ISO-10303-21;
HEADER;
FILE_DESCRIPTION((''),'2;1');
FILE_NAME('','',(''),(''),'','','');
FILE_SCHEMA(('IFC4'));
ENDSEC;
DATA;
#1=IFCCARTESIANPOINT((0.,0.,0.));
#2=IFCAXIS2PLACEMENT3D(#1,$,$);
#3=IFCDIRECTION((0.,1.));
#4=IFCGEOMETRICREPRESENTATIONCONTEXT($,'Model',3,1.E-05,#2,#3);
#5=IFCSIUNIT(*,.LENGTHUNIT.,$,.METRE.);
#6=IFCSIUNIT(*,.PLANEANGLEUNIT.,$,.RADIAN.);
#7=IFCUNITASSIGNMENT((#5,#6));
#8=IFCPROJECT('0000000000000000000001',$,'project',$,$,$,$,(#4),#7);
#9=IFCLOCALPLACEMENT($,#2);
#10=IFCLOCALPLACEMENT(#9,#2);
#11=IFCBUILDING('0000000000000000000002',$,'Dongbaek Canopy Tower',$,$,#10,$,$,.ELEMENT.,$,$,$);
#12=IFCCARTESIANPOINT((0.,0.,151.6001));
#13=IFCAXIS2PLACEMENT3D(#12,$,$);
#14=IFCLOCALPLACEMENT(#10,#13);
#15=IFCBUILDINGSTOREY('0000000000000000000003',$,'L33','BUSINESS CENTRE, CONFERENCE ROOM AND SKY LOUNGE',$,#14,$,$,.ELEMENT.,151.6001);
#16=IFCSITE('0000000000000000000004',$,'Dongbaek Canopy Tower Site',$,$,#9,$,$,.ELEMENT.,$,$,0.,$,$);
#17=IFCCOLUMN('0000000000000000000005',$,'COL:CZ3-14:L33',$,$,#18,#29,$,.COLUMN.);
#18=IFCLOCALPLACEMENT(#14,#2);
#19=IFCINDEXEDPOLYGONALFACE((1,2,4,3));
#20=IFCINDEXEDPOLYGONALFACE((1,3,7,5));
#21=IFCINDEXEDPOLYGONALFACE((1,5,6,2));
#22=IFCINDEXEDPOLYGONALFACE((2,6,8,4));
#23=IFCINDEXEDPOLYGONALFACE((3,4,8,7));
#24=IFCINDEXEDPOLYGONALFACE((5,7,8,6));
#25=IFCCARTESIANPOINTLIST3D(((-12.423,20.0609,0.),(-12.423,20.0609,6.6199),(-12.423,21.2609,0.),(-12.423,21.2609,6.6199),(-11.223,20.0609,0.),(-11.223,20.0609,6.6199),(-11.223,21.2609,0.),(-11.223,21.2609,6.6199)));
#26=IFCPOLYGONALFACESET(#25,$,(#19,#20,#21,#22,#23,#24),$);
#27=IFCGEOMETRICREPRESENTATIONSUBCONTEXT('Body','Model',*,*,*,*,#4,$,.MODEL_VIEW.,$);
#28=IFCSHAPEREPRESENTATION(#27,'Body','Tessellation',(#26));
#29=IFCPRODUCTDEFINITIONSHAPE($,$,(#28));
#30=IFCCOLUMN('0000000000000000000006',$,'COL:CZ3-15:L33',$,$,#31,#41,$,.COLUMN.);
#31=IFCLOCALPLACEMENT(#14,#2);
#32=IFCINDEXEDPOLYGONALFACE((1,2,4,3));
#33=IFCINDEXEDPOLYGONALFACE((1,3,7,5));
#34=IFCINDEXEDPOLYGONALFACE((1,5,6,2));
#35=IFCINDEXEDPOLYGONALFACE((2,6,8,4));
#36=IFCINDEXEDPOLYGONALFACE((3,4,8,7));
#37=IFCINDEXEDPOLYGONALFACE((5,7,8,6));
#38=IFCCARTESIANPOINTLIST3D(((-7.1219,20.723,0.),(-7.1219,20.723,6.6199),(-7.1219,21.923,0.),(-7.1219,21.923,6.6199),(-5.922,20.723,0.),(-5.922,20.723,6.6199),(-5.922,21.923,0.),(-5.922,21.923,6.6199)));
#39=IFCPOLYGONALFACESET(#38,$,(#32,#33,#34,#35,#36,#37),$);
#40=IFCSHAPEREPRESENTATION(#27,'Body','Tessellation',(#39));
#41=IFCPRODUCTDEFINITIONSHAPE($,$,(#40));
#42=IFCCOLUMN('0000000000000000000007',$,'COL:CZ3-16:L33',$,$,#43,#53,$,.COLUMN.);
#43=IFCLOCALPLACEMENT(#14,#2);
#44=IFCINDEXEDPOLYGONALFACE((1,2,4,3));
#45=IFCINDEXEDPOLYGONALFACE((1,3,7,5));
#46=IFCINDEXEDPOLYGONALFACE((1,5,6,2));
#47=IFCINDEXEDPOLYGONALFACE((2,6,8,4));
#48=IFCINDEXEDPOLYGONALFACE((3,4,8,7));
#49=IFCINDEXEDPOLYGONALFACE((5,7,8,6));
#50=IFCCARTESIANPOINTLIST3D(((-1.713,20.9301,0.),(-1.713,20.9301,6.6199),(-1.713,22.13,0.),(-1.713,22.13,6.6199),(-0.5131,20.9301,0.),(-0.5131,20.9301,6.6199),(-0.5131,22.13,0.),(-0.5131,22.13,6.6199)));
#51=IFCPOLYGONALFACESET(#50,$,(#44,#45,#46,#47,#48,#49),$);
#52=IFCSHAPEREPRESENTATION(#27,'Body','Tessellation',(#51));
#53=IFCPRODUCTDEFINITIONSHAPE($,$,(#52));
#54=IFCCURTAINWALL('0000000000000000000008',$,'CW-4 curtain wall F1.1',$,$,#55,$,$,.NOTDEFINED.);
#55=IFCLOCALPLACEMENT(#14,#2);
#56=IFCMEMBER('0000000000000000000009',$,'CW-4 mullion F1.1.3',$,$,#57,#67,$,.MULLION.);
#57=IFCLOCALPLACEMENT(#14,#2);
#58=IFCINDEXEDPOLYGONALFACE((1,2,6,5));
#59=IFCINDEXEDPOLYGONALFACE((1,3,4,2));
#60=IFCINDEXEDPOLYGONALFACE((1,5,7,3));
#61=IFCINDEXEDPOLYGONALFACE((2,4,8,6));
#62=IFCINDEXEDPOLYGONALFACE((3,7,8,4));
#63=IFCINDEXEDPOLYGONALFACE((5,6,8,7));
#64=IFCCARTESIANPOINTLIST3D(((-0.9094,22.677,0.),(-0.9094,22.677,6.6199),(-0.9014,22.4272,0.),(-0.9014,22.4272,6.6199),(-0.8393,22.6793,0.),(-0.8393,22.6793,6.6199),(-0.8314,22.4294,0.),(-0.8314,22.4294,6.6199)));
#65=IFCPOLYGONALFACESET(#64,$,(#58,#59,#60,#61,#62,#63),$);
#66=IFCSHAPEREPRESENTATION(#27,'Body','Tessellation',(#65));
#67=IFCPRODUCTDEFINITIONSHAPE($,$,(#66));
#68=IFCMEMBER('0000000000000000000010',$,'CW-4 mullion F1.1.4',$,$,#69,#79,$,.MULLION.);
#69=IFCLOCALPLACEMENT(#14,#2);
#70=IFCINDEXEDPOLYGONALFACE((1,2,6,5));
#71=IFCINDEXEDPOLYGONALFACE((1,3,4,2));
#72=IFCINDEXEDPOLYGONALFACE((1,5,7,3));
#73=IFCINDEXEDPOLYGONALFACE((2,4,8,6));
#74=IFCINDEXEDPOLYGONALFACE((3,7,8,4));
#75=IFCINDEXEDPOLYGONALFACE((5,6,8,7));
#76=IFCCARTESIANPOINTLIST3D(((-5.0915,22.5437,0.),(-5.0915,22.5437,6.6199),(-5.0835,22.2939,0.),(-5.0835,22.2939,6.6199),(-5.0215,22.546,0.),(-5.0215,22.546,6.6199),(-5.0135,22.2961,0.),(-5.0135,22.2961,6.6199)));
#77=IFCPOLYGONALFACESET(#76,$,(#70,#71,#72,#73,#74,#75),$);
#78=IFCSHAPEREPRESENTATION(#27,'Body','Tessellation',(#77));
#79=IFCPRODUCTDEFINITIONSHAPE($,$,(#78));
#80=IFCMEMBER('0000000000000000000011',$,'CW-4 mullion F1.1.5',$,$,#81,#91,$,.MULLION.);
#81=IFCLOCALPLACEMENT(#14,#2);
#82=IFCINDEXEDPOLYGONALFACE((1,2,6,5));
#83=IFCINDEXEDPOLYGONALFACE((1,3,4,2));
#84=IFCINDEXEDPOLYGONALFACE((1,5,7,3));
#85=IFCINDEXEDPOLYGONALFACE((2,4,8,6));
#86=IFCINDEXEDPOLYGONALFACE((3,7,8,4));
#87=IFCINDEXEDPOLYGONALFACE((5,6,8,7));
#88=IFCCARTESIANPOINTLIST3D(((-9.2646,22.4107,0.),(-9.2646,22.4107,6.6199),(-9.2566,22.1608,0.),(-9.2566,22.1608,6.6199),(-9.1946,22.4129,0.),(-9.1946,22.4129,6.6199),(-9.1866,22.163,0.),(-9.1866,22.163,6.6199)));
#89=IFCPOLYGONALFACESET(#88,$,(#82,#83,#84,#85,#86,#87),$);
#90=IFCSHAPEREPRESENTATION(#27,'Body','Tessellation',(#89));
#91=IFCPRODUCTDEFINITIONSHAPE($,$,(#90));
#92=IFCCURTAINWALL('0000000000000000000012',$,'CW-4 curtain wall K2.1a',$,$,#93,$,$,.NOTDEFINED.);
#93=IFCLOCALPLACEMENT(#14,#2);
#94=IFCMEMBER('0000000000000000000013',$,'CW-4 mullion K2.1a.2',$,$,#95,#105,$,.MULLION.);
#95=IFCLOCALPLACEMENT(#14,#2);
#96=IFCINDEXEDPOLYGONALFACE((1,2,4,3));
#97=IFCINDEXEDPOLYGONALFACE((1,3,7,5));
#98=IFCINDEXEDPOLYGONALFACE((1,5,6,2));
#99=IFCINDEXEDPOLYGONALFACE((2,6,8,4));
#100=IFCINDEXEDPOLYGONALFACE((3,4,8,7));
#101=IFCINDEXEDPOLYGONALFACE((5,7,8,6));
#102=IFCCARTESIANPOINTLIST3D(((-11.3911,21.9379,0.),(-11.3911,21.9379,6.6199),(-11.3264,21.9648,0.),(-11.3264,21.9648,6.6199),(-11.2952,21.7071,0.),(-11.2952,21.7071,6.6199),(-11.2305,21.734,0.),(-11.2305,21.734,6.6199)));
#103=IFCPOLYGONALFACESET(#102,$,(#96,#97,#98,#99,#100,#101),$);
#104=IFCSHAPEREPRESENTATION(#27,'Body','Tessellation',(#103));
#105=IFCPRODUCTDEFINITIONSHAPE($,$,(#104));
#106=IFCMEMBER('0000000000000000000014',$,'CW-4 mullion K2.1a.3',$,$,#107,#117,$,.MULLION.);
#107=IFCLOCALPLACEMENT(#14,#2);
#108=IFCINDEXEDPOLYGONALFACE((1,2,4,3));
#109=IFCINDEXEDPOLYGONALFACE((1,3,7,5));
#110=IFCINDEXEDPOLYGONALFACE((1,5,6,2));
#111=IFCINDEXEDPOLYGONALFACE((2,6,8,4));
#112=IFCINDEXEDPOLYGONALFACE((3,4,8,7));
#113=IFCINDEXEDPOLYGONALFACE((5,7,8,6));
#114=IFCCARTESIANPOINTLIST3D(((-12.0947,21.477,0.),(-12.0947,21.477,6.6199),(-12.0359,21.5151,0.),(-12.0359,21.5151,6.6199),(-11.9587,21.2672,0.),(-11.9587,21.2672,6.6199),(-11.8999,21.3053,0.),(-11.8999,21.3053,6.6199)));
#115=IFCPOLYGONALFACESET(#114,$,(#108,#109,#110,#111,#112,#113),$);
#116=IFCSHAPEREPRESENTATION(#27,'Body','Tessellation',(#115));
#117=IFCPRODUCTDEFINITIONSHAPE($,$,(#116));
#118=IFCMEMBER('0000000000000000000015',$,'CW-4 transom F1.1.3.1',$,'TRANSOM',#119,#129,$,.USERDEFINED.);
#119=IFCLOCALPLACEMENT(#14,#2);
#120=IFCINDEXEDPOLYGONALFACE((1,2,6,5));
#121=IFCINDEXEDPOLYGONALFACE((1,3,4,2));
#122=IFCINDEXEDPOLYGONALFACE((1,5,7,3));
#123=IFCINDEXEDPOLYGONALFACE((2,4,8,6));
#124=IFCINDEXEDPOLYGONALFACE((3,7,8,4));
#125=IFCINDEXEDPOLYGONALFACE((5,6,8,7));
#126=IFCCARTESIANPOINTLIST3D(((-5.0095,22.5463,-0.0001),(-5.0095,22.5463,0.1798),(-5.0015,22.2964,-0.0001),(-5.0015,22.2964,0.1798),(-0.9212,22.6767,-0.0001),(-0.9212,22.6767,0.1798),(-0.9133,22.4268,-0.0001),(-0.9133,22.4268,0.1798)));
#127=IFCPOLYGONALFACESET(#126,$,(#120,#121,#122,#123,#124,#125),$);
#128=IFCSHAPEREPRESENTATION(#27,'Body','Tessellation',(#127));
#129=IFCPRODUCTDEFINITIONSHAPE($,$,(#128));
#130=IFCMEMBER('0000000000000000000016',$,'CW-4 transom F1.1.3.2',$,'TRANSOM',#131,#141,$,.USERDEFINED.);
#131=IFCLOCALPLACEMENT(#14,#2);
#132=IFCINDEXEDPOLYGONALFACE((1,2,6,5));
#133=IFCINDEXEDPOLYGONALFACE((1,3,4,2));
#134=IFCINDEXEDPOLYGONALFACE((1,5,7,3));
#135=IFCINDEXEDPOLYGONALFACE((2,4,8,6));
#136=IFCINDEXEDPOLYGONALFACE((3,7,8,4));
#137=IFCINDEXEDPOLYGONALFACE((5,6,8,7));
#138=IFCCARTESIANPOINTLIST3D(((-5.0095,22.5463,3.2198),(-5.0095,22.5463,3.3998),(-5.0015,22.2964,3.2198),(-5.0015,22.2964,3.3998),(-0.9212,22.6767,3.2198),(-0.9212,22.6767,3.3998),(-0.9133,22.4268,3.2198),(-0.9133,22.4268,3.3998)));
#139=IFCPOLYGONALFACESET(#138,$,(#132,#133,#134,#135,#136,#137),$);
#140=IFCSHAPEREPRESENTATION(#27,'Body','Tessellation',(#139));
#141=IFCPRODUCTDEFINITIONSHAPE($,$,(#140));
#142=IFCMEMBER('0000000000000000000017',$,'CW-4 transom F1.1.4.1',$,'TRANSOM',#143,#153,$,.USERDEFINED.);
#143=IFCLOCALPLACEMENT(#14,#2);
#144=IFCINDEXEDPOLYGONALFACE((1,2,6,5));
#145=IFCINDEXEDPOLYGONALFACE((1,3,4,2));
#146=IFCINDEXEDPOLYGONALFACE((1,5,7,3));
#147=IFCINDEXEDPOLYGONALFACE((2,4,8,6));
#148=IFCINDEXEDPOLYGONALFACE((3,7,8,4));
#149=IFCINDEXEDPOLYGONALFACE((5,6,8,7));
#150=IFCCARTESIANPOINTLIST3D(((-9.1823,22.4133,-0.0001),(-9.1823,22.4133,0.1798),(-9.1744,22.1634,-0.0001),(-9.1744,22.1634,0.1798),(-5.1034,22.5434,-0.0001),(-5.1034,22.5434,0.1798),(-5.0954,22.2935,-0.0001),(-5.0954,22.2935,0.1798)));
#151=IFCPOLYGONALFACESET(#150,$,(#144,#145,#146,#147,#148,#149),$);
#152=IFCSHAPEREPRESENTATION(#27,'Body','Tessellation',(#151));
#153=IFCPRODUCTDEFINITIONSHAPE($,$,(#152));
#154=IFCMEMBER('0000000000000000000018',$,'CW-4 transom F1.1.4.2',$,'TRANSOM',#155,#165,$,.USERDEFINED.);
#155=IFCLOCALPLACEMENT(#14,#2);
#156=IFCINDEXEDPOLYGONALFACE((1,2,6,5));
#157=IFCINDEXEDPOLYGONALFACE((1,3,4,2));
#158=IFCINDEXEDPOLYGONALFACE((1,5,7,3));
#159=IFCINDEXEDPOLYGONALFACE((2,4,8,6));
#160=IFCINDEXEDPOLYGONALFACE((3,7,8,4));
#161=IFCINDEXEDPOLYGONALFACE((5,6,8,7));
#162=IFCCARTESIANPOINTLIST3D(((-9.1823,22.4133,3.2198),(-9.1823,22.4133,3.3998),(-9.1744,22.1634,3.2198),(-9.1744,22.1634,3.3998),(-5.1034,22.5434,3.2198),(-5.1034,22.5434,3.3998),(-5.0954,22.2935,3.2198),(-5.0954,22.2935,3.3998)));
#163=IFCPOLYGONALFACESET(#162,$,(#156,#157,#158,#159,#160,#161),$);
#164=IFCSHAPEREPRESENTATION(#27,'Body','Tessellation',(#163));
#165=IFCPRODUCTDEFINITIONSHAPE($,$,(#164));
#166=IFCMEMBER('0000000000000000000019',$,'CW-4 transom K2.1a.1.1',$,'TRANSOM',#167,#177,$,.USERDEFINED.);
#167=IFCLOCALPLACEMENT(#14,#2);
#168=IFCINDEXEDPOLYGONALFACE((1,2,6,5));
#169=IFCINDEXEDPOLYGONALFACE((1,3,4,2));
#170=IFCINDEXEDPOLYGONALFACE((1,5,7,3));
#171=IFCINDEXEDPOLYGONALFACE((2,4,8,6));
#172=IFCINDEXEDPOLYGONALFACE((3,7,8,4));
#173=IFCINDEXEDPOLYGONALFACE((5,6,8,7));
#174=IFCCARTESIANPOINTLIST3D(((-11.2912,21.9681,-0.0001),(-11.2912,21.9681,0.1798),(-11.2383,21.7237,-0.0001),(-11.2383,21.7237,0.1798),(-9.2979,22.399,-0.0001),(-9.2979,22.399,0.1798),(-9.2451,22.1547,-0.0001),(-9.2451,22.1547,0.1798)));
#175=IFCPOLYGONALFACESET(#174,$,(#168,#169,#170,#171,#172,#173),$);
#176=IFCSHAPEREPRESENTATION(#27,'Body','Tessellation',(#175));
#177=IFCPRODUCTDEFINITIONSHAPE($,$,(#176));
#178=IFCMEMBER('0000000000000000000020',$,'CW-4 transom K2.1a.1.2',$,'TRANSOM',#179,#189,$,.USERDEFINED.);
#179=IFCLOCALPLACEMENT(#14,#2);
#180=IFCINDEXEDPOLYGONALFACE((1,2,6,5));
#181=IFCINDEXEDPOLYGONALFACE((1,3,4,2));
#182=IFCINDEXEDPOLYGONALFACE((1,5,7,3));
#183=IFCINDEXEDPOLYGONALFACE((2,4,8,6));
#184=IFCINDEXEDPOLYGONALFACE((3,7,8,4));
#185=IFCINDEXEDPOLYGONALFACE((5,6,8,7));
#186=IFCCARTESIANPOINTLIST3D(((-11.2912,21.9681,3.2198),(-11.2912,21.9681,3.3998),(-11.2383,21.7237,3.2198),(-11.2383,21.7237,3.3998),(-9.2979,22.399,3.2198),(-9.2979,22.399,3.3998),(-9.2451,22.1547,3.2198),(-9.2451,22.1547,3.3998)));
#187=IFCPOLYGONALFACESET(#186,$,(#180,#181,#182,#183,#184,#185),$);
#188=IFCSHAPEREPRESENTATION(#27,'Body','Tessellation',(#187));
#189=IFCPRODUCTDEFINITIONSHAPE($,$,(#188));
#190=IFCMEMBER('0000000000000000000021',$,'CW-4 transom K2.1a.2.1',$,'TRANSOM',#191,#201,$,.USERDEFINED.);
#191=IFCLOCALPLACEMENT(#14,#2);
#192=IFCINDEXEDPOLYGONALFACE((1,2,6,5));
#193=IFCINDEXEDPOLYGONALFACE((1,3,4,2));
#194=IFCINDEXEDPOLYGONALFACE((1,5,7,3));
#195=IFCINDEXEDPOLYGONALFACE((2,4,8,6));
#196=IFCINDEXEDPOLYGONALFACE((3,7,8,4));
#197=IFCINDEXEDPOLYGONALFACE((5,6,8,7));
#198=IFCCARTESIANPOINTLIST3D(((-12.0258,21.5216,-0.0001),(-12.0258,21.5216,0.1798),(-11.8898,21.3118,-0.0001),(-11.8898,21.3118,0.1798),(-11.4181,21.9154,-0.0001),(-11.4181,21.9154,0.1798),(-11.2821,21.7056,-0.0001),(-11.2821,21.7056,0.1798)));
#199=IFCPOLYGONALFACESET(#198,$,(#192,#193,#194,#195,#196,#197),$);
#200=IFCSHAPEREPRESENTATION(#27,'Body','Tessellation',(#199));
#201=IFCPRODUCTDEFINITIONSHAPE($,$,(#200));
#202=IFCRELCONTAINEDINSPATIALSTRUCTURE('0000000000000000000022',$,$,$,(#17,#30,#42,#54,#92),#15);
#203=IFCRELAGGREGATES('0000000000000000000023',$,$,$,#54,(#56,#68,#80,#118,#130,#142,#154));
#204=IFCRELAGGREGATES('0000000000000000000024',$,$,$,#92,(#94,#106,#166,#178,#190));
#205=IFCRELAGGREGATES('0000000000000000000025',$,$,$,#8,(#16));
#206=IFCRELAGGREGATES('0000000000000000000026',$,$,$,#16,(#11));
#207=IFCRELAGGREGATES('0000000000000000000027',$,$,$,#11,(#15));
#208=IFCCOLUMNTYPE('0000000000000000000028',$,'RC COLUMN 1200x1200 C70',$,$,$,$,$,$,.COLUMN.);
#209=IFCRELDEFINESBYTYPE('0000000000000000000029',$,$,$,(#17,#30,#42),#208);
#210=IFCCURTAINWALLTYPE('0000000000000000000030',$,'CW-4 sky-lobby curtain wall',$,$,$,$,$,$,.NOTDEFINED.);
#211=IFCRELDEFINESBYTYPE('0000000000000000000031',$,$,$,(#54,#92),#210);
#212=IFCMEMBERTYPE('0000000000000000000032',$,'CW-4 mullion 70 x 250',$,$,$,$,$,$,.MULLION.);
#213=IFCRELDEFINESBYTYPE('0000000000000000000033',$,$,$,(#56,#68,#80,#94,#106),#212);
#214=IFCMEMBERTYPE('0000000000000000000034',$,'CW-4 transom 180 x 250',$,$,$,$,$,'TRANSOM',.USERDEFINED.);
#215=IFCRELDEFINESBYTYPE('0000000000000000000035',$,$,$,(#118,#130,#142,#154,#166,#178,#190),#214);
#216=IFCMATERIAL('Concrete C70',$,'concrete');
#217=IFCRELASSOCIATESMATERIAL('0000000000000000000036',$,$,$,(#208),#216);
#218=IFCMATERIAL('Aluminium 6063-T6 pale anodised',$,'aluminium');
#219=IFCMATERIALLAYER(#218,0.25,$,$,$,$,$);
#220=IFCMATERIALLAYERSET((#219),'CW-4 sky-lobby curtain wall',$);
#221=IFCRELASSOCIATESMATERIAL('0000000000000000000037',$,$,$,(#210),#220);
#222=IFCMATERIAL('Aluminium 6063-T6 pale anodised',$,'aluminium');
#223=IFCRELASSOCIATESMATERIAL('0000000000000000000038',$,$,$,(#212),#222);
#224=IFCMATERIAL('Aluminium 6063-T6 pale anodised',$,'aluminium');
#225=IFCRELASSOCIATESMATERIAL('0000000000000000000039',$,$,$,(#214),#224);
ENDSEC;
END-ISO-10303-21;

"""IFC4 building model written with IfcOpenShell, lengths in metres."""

from ifc_helpers import new_model, si_unit, direction, frame, origin, origin_2d, place, context, subcontext, project, spatial, rectangle, extrude, material, layer, layer_set, material_profile, profile_set, type_object, element, aggregate, save


model = new_model("IFC4")

# Units and contexts
model_context = context("Model", 3, precision=1e-05, world=origin(), true_north=direction((0.0, 1.0)))
body_context = subcontext(model_context, "Body", "Model", "MODEL_VIEW")
ifc_project = project(units=[si_unit("LENGTHUNIT", "METRE"), si_unit("PLANEANGLEUNIT", "RADIAN")], contexts=[model_context])

# Site, building, storey
site_placement = place(None, origin())
site = spatial("IfcSite", under=ifc_project, at=site_placement, Name="Dongbaek Canopy Tower Site", CompositionType="ELEMENT", RefElevation=0.0)
building_placement = place(site_placement, origin())
building = spatial("IfcBuilding", under=site, at=building_placement, Name="Dongbaek Canopy Tower", CompositionType="ELEMENT")
storey_placement = place(building_placement, frame((0.0, 0.0, 151.6001)))
storey = spatial("IfcBuildingStorey", under=building, at=storey_placement, Name="L33", Description="BUSINESS CENTRE, CONFERENCE ROOM AND SKY LOUNGE", CompositionType="ELEMENT", Elevation=151.6001)

# Columns
ifc_material_1 = material(Name="Concrete C70", Category="concrete")
ifc_material_profile_1 = material_profile(ifc_material_1, rectangle(XDim=1.2, YDim=1.2, at=origin_2d()), Name="RC COLUMN 1200x1200 C70")
ifc_profile_set_1 = profile_set([ifc_material_profile_1], Name="Concrete C70")
column_type = type_object("IfcColumnType", Name="RC COLUMN 1200x1200 C70", PredefinedType="COLUMN", material=ifc_profile_set_1)
for number, where, z_axis, x_axis, name in (
    (1, (-11.823, 20.6609, 0.0), (0.0, 0.0, 1.0), (1.0, 0.0, 0.0), "COL:CZ3-14:L33"),
    (2, (-6.522, 21.323, 0.0), (0.0, 0.0, 1.0), (1.0, 0.0, 0.0), "COL:CZ3-15:L33"),
    (3, (-1.113, 21.53, 0.0), (0.0, 0.0, 1.0), (1.0, 0.0, 0.0), "COL:CZ3-16:L33"),
):
    element("IfcColumn", number, at=place(storey_placement, frame(where, z_axis=z_axis, x_axis=x_axis)), inside=storey, type_object=column_type, Name=name, PredefinedType="COLUMN", context=body_context, shape_type="SweptSolid", body=[
        extrude(rectangle(XDim=1.2, YDim=1.2, at=origin_2d()), origin(), (0.0, 0.0, 1.0), 6.6199),
    ])

# Curtain walls, members
ifc_material_2 = material(Name="Aluminium 6063-T6 pale anodised", Category="aluminium")
ifc_layer_1 = layer(ifc_material_2, 0.25)
ifc_layer_set_1 = layer_set([ifc_layer_1], Name="CW-4 sky-lobby curtain wall")
curtain_wall_type = type_object("IfcCurtainWallType", Name="CW-4 sky-lobby curtain wall", PredefinedType="NOTDEFINED", material=ifc_layer_set_1)
curtain_wall_1_placement = place(storey_placement, origin())
curtain_wall_1 = element("IfcCurtainWall", 4, at=curtain_wall_1_placement, inside=storey, type_object=curtain_wall_type, Name="CW-4 curtain wall F1.1", PredefinedType="NOTDEFINED")
ifc_material_3 = material(Name="Aluminium 6063-T6 pale anodised", Category="aluminium")
ifc_material_profile_2 = material_profile(ifc_material_3, rectangle(XDim=0.25, YDim=0.0701, at=origin_2d()), Name="CW-4 mullion 70 x 250")
ifc_profile_set_2 = profile_set([ifc_material_profile_2], Name="Aluminium 6063-T6 pale anodised")
member_type_1 = type_object("IfcMemberType", Name="CW-4 mullion 70 x 250", PredefinedType="MULLION", material=ifc_profile_set_2)
member_1_placement = place(storey_placement, frame((-0.8704, 22.5532, 0.0), z_axis=(0.0, 0.0, 1.0), x_axis=(-0.031868, 0.999492, 0.0)))
member_1 = element("IfcMember", 5, at=member_1_placement, type_object=member_type_1, Name="CW-4 mullion F1.1.3", PredefinedType="MULLION", context=body_context, shape_type="SweptSolid", body=[
    extrude(rectangle(XDim=0.25, YDim=0.0701, at=origin_2d()), origin(), (0.0, 0.0, 1.0), 6.6199),
])
member_2_placement = place(storey_placement, frame((-5.0525, 22.4199, 0.0), z_axis=(0.0, 0.0, 1.0), x_axis=(-0.031868, 0.999492, 0.0)))
member_2 = element("IfcMember", 6, at=member_2_placement, type_object=member_type_1, Name="CW-4 mullion F1.1.4", PredefinedType="MULLION", context=body_context, shape_type="SweptSolid", body=[
    extrude(rectangle(XDim=0.25, YDim=0.0701, at=origin_2d()), origin(), (0.0, 0.0, 1.0), 6.6199),
])
member_3_placement = place(storey_placement, frame((-9.2256, 22.2869, 0.0), z_axis=(0.0, 0.0, 1.0), x_axis=(-0.031868, 0.999492, 0.0)))
member_3 = element("IfcMember", 7, at=member_3_placement, type_object=member_type_1, Name="CW-4 mullion F1.1.5", PredefinedType="MULLION", context=body_context, shape_type="SweptSolid", body=[
    extrude(rectangle(XDim=0.25, YDim=0.0701, at=origin_2d()), origin(), (0.0, 0.0, 1.0), 6.6199),
])
curtain_wall_2_placement = place(storey_placement, origin())
curtain_wall_2 = element("IfcCurtainWall", 8, at=curtain_wall_2_placement, inside=storey, type_object=curtain_wall_type, Name="CW-4 curtain wall K2.1a", PredefinedType="NOTDEFINED")
member_4_placement = place(storey_placement, frame((-11.3108, 21.8359, 0.0), z_axis=(0.0, 0.0, 1.0), x_axis=(-0.383857, 0.923393, 0.0)))
member_4 = element("IfcMember", 9, at=member_4_placement, type_object=member_type_1, Name="CW-4 mullion K2.1a.2", PredefinedType="MULLION", context=body_context, shape_type="SweptSolid", body=[
    extrude(rectangle(XDim=0.25, YDim=0.0701, at=origin_2d()), origin(), (0.0, 0.0, 1.0), 6.6199),
])
member_5_placement = place(storey_placement, frame((-11.9973, 21.3911, 0.0), z_axis=(0.0, 0.0, 1.0), x_axis=(-0.54385, 0.839183, 0.0)))
member_5 = element("IfcMember", 10, at=member_5_placement, type_object=member_type_1, Name="CW-4 mullion K2.1a.3", PredefinedType="MULLION", context=body_context, shape_type="SweptSolid", body=[
    extrude(rectangle(XDim=0.25, YDim=0.0701, at=origin_2d()), origin(), (0.0, 0.0, 1.0), 6.6199),
])

# Members
ifc_material_4 = material(Name="Aluminium 6063-T6 pale anodised", Category="aluminium")
ifc_material_profile_3 = material_profile(ifc_material_4, rectangle(XDim=0.25, YDim=0.1799, at=origin_2d()), Name="CW-4 transom 180 x 250")
ifc_profile_set_3 = profile_set([ifc_material_profile_3], Name="Aluminium 6063-T6 pale anodised")
member_type_2 = type_object("IfcMemberType", Name="CW-4 transom 180 x 250", ElementType="TRANSOM", PredefinedType="USERDEFINED", material=ifc_profile_set_3)
member_6_placement = place(storey_placement, frame((-0.9172, 22.5518, 0.0898), z_axis=(-0.999492, -0.031874, 0.0), x_axis=(0.031874, -0.999492, 0.0)))
member_6 = element("IfcMember", 11, at=member_6_placement, type_object=member_type_2, Name="CW-4 transom F1.1.3.1", ObjectType="TRANSOM", PredefinedType="USERDEFINED", context=body_context, shape_type="SweptSolid", body=[
    extrude(rectangle(XDim=0.25, YDim=0.1799, at=origin_2d()), origin(), (0.0, 0.0, 1.0), 4.0903),
])
member_7_placement = place(storey_placement, frame((-0.9172, 22.5518, 3.3098), z_axis=(-0.999492, -0.031874, 0.0), x_axis=(0.031874, -0.999492, 0.0)))
member_7 = element("IfcMember", 12, at=member_7_placement, type_object=member_type_2, Name="CW-4 transom F1.1.3.2", ObjectType="TRANSOM", PredefinedType="USERDEFINED", context=body_context, shape_type="SweptSolid", body=[
    extrude(rectangle(XDim=0.25, YDim=0.1799, at=origin_2d()), origin(), (0.0, 0.0, 1.0), 4.0903),
])
member_8_placement = place(storey_placement, frame((-5.0994, 22.4185, 0.0898), z_axis=(-0.999492, -0.031885, 0.0), x_axis=(0.031885, -0.999492, 0.0)))
member_8 = element("IfcMember", 13, at=member_8_placement, type_object=member_type_2, Name="CW-4 transom F1.1.4.1", ObjectType="TRANSOM", PredefinedType="USERDEFINED", context=body_context, shape_type="SweptSolid", body=[
    extrude(rectangle(XDim=0.25, YDim=0.1799, at=origin_2d()), origin(), (0.0, 0.0, 1.0), 4.0811),
])
member_9_placement = place(storey_placement, frame((-5.0994, 22.4185, 3.3098), z_axis=(-0.999492, -0.031885, 0.0), x_axis=(0.031885, -0.999492, 0.0)))
member_9 = element("IfcMember", 14, at=member_9_placement, type_object=member_type_2, Name="CW-4 transom F1.1.4.2", ObjectType="TRANSOM", PredefinedType="USERDEFINED", context=body_context, shape_type="SweptSolid", body=[
    extrude(rectangle(XDim=0.25, YDim=0.1799, at=origin_2d()), origin(), (0.0, 0.0, 1.0), 4.0811),
])
member_10_placement = place(storey_placement, frame((-9.2715, 22.2769, 0.0898), z_axis=(-0.977419, -0.211311, 0.0), x_axis=(0.211311, -0.977419, 0.0)))
member_10 = element("IfcMember", 15, at=member_10_placement, type_object=member_type_2, Name="CW-4 transom K2.1a.1.1", ObjectType="TRANSOM", PredefinedType="USERDEFINED", context=body_context, shape_type="SweptSolid", body=[
    extrude(rectangle(XDim=0.25, YDim=0.1799, at=origin_2d()), origin(), (0.0, 0.0, 1.0), 2.0393),
])
member_11_placement = place(storey_placement, frame((-9.2715, 22.2769, 3.3098), z_axis=(-0.977419, -0.211311, 0.0), x_axis=(0.211311, -0.977419, 0.0)))
member_11 = element("IfcMember", 16, at=member_11_placement, type_object=member_type_2, Name="CW-4 transom K2.1a.1.2", ObjectType="TRANSOM", PredefinedType="USERDEFINED", context=body_context, shape_type="SweptSolid", body=[
    extrude(rectangle(XDim=0.25, YDim=0.1799, at=origin_2d()), origin(), (0.0, 0.0, 1.0), 2.0393),
])
member_12_placement = place(storey_placement, frame((-11.3501, 21.8105, 0.0898), z_axis=(-0.83919, -0.543838, 0.0), x_axis=(0.543838, -0.83919, 0.0)))
member_12 = element("IfcMember", 17, at=member_12_placement, type_object=member_type_2, Name="CW-4 transom K2.1a.2.1", ObjectType="TRANSOM", PredefinedType="USERDEFINED", context=body_context, shape_type="SweptSolid", body=[
    extrude(rectangle(XDim=0.25, YDim=0.1799, at=origin_2d()), origin(), (0.0, 0.0, 1.0), 0.7241),
])

aggregate(curtain_wall_1, [member_1, member_2, member_3, member_6, member_7, member_8, member_9])

aggregate(curtain_wall_2, [member_4, member_5, member_10, member_11, member_12])

save(model, "model.ifc")
